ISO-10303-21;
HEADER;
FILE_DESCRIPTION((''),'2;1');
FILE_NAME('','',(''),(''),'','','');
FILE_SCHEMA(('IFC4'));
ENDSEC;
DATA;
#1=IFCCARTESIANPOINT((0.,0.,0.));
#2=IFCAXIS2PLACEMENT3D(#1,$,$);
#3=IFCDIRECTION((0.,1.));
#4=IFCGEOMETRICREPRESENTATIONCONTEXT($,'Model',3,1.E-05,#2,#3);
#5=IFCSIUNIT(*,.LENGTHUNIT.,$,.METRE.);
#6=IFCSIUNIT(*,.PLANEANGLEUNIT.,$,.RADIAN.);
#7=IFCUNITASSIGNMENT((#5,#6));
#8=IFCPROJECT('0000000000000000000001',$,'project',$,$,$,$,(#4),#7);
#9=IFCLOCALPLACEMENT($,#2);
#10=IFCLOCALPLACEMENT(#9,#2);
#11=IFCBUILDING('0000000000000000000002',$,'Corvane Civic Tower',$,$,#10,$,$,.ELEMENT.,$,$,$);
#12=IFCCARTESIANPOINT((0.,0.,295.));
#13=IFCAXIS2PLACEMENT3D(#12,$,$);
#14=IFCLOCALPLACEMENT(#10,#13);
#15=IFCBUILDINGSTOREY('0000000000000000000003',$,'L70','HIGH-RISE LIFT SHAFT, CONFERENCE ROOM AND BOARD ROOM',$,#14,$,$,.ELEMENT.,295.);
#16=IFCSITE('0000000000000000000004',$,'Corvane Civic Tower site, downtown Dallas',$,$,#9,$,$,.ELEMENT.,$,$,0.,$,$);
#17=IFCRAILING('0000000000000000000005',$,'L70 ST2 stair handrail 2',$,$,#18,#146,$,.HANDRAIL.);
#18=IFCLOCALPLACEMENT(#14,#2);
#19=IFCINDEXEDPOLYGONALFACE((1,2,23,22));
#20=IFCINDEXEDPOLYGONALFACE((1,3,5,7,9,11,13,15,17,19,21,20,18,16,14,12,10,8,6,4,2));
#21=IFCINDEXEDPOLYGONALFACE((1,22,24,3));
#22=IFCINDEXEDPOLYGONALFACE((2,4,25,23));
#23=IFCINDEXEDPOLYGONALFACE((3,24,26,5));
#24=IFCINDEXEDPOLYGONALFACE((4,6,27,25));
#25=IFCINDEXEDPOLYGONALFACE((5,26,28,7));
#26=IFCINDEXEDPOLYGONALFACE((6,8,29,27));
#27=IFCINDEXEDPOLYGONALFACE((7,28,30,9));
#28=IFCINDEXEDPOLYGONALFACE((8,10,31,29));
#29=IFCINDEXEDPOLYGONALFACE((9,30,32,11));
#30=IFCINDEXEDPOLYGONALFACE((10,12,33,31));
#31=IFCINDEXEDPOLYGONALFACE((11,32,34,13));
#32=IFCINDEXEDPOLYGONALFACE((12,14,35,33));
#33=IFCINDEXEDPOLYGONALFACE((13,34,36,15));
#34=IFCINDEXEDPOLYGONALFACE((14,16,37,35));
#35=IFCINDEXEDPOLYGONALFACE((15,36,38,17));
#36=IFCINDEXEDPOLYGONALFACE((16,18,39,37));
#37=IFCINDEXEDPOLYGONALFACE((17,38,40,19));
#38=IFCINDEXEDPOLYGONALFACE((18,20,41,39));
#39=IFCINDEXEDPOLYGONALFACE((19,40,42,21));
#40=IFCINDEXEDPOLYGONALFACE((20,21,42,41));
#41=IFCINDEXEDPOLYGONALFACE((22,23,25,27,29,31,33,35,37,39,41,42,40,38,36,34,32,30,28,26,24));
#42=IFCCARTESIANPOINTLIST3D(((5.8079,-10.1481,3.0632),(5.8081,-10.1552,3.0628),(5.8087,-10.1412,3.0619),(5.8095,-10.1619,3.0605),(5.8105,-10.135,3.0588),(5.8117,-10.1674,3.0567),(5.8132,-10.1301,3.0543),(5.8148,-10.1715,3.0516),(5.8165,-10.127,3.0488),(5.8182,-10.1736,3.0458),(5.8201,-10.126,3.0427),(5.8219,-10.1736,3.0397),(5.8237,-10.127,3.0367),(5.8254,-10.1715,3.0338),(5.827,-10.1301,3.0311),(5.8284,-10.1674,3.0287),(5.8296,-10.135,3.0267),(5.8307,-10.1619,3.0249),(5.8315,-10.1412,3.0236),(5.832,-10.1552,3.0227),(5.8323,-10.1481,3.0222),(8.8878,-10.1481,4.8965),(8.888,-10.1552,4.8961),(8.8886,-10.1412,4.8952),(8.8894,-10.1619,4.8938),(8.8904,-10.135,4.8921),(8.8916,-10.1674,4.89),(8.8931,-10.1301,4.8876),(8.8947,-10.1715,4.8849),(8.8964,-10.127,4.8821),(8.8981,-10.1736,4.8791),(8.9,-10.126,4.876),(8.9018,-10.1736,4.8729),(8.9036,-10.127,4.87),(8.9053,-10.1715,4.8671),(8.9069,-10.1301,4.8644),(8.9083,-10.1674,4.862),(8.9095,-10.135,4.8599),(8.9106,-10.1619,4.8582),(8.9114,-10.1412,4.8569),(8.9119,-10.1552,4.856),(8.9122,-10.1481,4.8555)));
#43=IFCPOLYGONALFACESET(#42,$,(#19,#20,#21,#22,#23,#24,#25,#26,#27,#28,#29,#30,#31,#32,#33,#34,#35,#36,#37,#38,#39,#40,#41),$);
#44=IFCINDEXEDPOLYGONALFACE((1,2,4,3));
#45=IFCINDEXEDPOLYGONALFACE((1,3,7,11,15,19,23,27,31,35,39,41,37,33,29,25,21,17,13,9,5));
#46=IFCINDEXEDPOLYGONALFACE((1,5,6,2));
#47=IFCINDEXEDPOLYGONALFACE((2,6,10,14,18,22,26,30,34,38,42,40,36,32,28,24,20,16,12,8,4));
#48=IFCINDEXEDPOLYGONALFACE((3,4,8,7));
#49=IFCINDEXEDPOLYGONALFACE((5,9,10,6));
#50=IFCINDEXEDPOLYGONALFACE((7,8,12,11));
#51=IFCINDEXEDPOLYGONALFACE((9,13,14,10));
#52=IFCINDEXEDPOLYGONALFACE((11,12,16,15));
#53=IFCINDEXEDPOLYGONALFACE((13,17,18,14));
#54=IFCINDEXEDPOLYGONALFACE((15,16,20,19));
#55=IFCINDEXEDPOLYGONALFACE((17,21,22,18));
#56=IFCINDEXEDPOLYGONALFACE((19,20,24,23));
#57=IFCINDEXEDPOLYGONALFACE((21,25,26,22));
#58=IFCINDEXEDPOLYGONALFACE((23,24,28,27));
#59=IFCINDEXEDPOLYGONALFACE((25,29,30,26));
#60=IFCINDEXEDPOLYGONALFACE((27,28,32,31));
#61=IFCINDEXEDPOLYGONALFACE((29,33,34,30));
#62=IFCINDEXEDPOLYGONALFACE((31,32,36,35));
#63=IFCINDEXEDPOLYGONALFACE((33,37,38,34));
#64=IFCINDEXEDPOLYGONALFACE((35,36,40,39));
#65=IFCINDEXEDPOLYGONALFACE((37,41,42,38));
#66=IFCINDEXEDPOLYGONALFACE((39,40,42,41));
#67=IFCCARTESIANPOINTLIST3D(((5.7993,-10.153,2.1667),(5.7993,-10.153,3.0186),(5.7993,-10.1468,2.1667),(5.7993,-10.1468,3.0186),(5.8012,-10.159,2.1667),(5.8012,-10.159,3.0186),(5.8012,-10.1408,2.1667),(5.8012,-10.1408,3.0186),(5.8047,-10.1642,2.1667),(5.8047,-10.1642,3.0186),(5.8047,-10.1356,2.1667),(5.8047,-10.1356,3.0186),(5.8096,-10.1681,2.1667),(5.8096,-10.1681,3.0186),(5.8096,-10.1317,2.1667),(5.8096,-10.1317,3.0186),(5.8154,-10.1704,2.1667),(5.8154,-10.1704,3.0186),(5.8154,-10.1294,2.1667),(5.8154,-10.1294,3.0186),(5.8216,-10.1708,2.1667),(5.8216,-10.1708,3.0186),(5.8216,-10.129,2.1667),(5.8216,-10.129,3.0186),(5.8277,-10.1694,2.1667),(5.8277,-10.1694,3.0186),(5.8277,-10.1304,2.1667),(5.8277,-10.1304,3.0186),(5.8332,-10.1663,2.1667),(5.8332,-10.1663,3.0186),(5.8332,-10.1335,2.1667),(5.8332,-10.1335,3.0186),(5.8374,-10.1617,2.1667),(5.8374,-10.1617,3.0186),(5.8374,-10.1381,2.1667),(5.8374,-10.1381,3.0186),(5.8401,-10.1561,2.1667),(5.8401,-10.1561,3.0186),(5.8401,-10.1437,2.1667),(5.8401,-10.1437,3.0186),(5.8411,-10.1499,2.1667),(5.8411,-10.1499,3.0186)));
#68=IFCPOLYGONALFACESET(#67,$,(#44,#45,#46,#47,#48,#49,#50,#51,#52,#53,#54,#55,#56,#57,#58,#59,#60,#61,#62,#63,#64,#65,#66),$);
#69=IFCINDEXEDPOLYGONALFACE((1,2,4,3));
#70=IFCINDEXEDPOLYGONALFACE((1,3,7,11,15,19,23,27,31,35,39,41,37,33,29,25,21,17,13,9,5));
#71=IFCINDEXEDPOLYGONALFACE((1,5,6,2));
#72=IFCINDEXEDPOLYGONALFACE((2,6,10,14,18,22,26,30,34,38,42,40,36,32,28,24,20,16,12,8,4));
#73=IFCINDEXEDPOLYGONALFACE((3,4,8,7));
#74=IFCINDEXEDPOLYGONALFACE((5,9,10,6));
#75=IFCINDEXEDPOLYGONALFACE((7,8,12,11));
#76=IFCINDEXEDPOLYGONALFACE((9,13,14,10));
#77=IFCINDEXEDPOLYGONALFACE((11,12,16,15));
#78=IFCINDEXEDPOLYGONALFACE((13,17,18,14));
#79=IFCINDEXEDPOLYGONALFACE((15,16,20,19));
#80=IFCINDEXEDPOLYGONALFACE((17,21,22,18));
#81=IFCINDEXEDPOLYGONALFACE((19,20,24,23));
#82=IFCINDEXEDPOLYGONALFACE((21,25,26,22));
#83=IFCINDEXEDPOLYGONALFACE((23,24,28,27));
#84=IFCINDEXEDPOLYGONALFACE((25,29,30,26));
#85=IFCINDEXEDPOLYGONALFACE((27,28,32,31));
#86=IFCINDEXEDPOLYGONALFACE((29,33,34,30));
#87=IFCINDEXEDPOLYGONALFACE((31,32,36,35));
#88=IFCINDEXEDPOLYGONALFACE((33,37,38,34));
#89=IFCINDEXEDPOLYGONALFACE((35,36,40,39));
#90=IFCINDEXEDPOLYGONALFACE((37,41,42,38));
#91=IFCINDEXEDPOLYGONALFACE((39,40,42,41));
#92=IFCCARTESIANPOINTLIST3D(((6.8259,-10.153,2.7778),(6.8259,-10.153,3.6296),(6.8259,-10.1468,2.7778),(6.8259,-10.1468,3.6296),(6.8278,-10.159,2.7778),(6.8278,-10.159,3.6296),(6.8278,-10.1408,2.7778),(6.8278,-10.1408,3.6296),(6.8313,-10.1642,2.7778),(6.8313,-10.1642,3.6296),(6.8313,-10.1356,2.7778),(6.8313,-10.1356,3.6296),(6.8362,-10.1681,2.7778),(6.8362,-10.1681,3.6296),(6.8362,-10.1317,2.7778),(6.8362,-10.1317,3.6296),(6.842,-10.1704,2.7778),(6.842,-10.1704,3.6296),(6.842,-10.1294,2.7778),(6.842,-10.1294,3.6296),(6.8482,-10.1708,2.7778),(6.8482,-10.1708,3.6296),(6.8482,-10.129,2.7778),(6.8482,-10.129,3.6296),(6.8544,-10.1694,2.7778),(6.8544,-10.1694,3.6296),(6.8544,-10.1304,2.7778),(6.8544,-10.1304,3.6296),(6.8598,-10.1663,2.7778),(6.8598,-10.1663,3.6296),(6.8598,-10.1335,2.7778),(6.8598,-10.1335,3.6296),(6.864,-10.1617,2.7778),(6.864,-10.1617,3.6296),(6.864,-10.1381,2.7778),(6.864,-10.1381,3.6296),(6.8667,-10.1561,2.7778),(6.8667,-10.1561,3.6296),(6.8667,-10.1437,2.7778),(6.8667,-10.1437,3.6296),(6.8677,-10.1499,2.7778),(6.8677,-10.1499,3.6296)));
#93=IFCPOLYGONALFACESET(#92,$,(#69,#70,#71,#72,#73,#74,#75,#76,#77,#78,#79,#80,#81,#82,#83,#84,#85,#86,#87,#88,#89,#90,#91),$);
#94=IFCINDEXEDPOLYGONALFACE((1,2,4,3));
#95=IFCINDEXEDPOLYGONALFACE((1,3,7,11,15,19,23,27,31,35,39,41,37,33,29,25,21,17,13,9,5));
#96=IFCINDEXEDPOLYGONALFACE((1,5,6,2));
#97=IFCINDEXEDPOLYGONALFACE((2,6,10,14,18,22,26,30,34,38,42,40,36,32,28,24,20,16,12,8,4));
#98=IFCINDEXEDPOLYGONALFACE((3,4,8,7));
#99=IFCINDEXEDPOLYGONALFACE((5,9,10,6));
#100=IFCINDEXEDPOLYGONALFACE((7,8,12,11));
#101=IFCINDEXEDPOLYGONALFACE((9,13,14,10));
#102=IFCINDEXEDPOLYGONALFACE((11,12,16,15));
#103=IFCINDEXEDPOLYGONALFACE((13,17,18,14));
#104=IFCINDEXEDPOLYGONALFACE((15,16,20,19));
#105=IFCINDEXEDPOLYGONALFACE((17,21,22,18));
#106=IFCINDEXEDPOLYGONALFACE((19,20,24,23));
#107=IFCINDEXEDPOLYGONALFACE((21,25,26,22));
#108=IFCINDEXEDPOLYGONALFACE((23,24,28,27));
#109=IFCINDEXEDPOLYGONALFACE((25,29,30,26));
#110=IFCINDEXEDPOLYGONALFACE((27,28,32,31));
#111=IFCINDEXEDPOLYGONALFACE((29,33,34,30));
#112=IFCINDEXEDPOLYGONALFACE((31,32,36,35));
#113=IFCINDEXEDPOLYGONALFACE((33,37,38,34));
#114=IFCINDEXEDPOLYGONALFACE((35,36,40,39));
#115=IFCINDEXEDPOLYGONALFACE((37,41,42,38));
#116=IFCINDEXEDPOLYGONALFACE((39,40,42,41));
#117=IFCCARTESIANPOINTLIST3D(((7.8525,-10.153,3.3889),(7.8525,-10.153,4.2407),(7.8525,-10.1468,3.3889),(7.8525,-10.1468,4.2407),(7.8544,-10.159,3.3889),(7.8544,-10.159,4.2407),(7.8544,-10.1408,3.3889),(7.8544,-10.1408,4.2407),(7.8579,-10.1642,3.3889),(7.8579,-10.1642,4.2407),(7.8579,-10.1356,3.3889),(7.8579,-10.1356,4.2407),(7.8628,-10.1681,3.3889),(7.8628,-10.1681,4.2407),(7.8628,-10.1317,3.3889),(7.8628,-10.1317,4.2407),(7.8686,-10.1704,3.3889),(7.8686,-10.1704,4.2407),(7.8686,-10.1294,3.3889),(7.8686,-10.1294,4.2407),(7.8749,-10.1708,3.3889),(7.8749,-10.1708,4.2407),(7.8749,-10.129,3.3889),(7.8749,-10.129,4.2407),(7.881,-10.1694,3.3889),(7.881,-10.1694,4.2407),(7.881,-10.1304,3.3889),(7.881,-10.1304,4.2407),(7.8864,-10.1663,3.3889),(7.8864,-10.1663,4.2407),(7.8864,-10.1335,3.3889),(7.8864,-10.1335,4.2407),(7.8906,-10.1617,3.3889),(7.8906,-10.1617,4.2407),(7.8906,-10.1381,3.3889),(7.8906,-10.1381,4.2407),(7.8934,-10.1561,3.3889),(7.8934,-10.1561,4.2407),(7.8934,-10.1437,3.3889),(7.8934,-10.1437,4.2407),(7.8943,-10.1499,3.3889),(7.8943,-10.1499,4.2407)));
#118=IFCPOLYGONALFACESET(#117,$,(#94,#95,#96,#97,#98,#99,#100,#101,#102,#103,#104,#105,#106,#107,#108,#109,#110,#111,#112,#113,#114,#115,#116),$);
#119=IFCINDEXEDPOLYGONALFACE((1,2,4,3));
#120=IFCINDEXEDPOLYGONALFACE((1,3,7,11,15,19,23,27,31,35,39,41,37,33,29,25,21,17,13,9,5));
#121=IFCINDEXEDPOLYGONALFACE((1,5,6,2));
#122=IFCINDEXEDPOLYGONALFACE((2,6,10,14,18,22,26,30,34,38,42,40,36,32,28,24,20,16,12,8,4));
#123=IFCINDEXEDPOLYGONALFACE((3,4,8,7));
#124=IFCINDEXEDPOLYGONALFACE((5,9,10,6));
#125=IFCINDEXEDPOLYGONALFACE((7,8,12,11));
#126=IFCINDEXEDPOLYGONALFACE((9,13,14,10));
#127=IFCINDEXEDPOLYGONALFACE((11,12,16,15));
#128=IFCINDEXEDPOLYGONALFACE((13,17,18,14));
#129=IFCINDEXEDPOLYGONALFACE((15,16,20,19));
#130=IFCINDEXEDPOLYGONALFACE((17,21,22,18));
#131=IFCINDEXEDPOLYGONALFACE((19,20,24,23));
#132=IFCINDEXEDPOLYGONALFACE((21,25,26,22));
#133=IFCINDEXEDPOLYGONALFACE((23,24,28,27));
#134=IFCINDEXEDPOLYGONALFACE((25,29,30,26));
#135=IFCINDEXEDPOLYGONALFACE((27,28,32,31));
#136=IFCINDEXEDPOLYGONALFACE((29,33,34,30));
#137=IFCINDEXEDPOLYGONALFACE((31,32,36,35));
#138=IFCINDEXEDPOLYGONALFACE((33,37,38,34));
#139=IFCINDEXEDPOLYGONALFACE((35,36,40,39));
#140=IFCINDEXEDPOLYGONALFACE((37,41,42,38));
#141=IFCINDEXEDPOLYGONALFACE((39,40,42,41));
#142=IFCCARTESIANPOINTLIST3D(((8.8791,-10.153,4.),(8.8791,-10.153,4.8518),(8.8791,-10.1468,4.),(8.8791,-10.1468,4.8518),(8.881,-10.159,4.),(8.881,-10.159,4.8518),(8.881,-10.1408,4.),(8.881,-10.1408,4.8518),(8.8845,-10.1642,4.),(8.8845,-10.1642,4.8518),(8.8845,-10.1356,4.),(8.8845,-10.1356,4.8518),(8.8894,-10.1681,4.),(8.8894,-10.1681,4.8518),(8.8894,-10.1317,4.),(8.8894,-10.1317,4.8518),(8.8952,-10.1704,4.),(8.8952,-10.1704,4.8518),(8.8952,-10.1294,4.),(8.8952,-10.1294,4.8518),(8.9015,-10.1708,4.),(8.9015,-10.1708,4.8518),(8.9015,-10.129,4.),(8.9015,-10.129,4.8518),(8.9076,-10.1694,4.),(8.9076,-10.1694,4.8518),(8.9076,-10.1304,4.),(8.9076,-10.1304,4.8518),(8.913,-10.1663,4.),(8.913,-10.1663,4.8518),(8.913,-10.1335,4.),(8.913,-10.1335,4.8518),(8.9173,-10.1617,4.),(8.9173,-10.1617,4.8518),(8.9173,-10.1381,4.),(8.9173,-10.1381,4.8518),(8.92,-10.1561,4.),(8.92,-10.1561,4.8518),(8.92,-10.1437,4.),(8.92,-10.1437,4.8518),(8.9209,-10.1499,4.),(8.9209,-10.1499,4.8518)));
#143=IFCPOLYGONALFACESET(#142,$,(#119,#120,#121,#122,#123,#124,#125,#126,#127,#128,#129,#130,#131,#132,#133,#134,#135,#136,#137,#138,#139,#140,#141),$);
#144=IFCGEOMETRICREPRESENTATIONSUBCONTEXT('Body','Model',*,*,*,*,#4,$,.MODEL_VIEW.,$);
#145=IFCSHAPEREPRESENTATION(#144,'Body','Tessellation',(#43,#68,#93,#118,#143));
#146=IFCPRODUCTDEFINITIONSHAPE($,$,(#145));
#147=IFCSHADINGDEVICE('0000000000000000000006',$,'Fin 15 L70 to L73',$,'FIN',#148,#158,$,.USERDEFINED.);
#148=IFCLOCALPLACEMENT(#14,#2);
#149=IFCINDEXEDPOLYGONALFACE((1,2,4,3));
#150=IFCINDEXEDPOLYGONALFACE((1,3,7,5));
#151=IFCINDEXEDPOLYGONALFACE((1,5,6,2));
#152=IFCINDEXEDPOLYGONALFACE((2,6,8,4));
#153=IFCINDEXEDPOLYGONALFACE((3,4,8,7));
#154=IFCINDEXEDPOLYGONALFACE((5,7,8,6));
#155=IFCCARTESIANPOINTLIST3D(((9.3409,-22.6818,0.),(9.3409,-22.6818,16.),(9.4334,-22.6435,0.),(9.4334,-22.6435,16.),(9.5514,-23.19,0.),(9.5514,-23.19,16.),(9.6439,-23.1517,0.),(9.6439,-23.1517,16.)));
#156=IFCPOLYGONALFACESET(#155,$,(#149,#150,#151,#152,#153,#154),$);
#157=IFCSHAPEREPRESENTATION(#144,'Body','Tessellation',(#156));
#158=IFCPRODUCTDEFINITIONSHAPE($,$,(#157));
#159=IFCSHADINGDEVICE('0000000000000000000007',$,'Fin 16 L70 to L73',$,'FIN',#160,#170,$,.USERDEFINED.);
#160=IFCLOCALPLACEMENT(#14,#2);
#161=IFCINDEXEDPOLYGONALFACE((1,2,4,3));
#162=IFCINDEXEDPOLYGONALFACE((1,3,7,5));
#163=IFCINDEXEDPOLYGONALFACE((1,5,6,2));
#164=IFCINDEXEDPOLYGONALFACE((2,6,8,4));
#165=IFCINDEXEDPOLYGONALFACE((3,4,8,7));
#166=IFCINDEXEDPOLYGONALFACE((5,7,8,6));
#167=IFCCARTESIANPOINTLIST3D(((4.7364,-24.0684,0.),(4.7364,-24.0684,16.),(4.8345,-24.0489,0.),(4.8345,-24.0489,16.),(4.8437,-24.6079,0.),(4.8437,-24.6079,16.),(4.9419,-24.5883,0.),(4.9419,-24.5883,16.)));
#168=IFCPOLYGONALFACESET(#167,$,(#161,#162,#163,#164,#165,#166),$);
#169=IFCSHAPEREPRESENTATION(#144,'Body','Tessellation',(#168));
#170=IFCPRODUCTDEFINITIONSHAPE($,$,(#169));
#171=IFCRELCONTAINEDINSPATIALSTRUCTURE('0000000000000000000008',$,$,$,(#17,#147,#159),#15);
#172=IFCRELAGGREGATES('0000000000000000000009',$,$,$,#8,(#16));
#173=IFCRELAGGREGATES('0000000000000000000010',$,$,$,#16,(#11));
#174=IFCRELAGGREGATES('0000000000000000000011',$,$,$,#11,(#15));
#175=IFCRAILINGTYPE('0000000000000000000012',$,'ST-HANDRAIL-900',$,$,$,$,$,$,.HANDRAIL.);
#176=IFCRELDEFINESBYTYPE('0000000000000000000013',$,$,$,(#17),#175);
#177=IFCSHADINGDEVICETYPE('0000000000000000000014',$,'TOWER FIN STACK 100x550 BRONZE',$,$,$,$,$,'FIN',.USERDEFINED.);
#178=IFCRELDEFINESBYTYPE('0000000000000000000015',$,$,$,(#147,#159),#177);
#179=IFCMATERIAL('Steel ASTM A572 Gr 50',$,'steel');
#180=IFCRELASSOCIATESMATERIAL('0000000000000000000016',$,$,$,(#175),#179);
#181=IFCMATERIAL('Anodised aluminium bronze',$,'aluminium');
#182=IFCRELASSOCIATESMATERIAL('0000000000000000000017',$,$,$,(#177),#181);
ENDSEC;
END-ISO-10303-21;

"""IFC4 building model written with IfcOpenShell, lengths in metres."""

from ifc_helpers import new_model, si_unit, direction, frame, origin, origin_2d, place, context, subcontext, project, spatial, rectangle, circle, extrude, material, material_profile, profile_set, type_object, element, save


model = new_model("IFC4")

# Units and contexts
model_context = context("Model", 3, precision=1e-05, world=origin(), true_north=direction((0.0, 1.0)))
body_context = subcontext(model_context, "Body", "Model", "MODEL_VIEW")
ifc_project = project(units=[si_unit("LENGTHUNIT", "METRE"), si_unit("PLANEANGLEUNIT", "RADIAN")], contexts=[model_context])

# Site, building, storey
site_placement = place(None, origin())
site = spatial("IfcSite", under=ifc_project, at=site_placement, Name="Corvane Civic Tower site, downtown Dallas", CompositionType="ELEMENT", RefElevation=0.0)
building_placement = place(site_placement, origin())
building = spatial("IfcBuilding", under=site, at=building_placement, Name="Corvane Civic Tower", CompositionType="ELEMENT")
storey_placement = place(building_placement, frame((0.0, 0.0, 295.0)))
storey = spatial("IfcBuildingStorey", under=building, at=storey_placement, Name="L70", Description="HIGH-RISE LIFT SHAFT, CONFERENCE ROOM AND BOARD ROOM", CompositionType="ELEMENT", Elevation=295.0)

# Railing
ifc_material_1 = material(Name="Steel ASTM A572 Gr 50", Category="steel")
railing_type = type_object("IfcRailingType", Name="ST-HANDRAIL-900", PredefinedType="HANDRAIL", material=ifc_material_1)
railing_placement = place(storey_placement, frame((5.8201, -10.1499, 2.1667)))
element("IfcRailing", 1, at=railing_placement, inside=storey, type_object=railing_type, Name="L70 ST2 stair handrail 2", PredefinedType="HANDRAIL", context=body_context, shape_type="SweptSolid", body=[
    extrude(circle(Radius=0.0239, at=origin_2d()), frame((0.0, 0.0, 0.876), z_axis=(0.859291, 0.0, 0.511487), x_axis=(0.0, 1.0, 0.0)), (0.0, 0.0, 1.0), 3.5842),
    extrude(circle(Radius=0.021, at=origin_2d()), origin(), (0.0, 0.0, 1.0), 0.8518),
    extrude(circle(Radius=0.021, at=origin_2d()), frame((1.0266, 0.0, 0.6111)), (0.0, 0.0, 1.0), 0.8518),
    extrude(circle(Radius=0.021, at=origin_2d()), frame((2.0532, 0.0, 1.2222)), (0.0, 0.0, 1.0), 0.8518),
    extrude(circle(Radius=0.021, at=origin_2d()), frame((3.0798, 0.0, 1.8333)), (0.0, 0.0, 1.0), 0.8518),
])

# Shading devices
ifc_material_2 = material(Name="Anodised aluminium bronze", Category="aluminium")
ifc_material_profile_1 = material_profile(ifc_material_2, rectangle(XDim=0.1001, YDim=0.55, at=origin_2d()), Name="TOWER FIN STACK 100x550 BRONZE")
ifc_profile_set_1 = profile_set([ifc_material_profile_1], Name="Anodised aluminium bronze")
shading_device_type = type_object("IfcShadingDeviceType", Name="TOWER FIN STACK 100x550 BRONZE", ElementType="FIN", PredefinedType="USERDEFINED", material=ifc_profile_set_1)
for number, where, z_axis, x_axis, name in (
    (2, (9.4924, -22.9167, 0.0), (0.0, 0.0, 1.0), (-0.92388, -0.382683, 0.0), "Fin 15 L70 to L73"),
    (3, (4.8391, -24.3284, 0.0), (0.0, 0.0, 1.0), (-0.980785, -0.19509, 0.0), "Fin 16 L70 to L73"),
):
    element("IfcShadingDevice", number, at=place(storey_placement, frame(where, z_axis=z_axis, x_axis=x_axis)), inside=storey, type_object=shading_device_type, Name=name, ObjectType="FIN", PredefinedType="USERDEFINED", context=body_context, shape_type="SweptSolid", body=[
        extrude(rectangle(XDim=0.1001, YDim=0.55, at=origin_2d()), origin(), (0.0, 0.0, 1.0), 16.0),
    ])

save(model, "model.ifc")
